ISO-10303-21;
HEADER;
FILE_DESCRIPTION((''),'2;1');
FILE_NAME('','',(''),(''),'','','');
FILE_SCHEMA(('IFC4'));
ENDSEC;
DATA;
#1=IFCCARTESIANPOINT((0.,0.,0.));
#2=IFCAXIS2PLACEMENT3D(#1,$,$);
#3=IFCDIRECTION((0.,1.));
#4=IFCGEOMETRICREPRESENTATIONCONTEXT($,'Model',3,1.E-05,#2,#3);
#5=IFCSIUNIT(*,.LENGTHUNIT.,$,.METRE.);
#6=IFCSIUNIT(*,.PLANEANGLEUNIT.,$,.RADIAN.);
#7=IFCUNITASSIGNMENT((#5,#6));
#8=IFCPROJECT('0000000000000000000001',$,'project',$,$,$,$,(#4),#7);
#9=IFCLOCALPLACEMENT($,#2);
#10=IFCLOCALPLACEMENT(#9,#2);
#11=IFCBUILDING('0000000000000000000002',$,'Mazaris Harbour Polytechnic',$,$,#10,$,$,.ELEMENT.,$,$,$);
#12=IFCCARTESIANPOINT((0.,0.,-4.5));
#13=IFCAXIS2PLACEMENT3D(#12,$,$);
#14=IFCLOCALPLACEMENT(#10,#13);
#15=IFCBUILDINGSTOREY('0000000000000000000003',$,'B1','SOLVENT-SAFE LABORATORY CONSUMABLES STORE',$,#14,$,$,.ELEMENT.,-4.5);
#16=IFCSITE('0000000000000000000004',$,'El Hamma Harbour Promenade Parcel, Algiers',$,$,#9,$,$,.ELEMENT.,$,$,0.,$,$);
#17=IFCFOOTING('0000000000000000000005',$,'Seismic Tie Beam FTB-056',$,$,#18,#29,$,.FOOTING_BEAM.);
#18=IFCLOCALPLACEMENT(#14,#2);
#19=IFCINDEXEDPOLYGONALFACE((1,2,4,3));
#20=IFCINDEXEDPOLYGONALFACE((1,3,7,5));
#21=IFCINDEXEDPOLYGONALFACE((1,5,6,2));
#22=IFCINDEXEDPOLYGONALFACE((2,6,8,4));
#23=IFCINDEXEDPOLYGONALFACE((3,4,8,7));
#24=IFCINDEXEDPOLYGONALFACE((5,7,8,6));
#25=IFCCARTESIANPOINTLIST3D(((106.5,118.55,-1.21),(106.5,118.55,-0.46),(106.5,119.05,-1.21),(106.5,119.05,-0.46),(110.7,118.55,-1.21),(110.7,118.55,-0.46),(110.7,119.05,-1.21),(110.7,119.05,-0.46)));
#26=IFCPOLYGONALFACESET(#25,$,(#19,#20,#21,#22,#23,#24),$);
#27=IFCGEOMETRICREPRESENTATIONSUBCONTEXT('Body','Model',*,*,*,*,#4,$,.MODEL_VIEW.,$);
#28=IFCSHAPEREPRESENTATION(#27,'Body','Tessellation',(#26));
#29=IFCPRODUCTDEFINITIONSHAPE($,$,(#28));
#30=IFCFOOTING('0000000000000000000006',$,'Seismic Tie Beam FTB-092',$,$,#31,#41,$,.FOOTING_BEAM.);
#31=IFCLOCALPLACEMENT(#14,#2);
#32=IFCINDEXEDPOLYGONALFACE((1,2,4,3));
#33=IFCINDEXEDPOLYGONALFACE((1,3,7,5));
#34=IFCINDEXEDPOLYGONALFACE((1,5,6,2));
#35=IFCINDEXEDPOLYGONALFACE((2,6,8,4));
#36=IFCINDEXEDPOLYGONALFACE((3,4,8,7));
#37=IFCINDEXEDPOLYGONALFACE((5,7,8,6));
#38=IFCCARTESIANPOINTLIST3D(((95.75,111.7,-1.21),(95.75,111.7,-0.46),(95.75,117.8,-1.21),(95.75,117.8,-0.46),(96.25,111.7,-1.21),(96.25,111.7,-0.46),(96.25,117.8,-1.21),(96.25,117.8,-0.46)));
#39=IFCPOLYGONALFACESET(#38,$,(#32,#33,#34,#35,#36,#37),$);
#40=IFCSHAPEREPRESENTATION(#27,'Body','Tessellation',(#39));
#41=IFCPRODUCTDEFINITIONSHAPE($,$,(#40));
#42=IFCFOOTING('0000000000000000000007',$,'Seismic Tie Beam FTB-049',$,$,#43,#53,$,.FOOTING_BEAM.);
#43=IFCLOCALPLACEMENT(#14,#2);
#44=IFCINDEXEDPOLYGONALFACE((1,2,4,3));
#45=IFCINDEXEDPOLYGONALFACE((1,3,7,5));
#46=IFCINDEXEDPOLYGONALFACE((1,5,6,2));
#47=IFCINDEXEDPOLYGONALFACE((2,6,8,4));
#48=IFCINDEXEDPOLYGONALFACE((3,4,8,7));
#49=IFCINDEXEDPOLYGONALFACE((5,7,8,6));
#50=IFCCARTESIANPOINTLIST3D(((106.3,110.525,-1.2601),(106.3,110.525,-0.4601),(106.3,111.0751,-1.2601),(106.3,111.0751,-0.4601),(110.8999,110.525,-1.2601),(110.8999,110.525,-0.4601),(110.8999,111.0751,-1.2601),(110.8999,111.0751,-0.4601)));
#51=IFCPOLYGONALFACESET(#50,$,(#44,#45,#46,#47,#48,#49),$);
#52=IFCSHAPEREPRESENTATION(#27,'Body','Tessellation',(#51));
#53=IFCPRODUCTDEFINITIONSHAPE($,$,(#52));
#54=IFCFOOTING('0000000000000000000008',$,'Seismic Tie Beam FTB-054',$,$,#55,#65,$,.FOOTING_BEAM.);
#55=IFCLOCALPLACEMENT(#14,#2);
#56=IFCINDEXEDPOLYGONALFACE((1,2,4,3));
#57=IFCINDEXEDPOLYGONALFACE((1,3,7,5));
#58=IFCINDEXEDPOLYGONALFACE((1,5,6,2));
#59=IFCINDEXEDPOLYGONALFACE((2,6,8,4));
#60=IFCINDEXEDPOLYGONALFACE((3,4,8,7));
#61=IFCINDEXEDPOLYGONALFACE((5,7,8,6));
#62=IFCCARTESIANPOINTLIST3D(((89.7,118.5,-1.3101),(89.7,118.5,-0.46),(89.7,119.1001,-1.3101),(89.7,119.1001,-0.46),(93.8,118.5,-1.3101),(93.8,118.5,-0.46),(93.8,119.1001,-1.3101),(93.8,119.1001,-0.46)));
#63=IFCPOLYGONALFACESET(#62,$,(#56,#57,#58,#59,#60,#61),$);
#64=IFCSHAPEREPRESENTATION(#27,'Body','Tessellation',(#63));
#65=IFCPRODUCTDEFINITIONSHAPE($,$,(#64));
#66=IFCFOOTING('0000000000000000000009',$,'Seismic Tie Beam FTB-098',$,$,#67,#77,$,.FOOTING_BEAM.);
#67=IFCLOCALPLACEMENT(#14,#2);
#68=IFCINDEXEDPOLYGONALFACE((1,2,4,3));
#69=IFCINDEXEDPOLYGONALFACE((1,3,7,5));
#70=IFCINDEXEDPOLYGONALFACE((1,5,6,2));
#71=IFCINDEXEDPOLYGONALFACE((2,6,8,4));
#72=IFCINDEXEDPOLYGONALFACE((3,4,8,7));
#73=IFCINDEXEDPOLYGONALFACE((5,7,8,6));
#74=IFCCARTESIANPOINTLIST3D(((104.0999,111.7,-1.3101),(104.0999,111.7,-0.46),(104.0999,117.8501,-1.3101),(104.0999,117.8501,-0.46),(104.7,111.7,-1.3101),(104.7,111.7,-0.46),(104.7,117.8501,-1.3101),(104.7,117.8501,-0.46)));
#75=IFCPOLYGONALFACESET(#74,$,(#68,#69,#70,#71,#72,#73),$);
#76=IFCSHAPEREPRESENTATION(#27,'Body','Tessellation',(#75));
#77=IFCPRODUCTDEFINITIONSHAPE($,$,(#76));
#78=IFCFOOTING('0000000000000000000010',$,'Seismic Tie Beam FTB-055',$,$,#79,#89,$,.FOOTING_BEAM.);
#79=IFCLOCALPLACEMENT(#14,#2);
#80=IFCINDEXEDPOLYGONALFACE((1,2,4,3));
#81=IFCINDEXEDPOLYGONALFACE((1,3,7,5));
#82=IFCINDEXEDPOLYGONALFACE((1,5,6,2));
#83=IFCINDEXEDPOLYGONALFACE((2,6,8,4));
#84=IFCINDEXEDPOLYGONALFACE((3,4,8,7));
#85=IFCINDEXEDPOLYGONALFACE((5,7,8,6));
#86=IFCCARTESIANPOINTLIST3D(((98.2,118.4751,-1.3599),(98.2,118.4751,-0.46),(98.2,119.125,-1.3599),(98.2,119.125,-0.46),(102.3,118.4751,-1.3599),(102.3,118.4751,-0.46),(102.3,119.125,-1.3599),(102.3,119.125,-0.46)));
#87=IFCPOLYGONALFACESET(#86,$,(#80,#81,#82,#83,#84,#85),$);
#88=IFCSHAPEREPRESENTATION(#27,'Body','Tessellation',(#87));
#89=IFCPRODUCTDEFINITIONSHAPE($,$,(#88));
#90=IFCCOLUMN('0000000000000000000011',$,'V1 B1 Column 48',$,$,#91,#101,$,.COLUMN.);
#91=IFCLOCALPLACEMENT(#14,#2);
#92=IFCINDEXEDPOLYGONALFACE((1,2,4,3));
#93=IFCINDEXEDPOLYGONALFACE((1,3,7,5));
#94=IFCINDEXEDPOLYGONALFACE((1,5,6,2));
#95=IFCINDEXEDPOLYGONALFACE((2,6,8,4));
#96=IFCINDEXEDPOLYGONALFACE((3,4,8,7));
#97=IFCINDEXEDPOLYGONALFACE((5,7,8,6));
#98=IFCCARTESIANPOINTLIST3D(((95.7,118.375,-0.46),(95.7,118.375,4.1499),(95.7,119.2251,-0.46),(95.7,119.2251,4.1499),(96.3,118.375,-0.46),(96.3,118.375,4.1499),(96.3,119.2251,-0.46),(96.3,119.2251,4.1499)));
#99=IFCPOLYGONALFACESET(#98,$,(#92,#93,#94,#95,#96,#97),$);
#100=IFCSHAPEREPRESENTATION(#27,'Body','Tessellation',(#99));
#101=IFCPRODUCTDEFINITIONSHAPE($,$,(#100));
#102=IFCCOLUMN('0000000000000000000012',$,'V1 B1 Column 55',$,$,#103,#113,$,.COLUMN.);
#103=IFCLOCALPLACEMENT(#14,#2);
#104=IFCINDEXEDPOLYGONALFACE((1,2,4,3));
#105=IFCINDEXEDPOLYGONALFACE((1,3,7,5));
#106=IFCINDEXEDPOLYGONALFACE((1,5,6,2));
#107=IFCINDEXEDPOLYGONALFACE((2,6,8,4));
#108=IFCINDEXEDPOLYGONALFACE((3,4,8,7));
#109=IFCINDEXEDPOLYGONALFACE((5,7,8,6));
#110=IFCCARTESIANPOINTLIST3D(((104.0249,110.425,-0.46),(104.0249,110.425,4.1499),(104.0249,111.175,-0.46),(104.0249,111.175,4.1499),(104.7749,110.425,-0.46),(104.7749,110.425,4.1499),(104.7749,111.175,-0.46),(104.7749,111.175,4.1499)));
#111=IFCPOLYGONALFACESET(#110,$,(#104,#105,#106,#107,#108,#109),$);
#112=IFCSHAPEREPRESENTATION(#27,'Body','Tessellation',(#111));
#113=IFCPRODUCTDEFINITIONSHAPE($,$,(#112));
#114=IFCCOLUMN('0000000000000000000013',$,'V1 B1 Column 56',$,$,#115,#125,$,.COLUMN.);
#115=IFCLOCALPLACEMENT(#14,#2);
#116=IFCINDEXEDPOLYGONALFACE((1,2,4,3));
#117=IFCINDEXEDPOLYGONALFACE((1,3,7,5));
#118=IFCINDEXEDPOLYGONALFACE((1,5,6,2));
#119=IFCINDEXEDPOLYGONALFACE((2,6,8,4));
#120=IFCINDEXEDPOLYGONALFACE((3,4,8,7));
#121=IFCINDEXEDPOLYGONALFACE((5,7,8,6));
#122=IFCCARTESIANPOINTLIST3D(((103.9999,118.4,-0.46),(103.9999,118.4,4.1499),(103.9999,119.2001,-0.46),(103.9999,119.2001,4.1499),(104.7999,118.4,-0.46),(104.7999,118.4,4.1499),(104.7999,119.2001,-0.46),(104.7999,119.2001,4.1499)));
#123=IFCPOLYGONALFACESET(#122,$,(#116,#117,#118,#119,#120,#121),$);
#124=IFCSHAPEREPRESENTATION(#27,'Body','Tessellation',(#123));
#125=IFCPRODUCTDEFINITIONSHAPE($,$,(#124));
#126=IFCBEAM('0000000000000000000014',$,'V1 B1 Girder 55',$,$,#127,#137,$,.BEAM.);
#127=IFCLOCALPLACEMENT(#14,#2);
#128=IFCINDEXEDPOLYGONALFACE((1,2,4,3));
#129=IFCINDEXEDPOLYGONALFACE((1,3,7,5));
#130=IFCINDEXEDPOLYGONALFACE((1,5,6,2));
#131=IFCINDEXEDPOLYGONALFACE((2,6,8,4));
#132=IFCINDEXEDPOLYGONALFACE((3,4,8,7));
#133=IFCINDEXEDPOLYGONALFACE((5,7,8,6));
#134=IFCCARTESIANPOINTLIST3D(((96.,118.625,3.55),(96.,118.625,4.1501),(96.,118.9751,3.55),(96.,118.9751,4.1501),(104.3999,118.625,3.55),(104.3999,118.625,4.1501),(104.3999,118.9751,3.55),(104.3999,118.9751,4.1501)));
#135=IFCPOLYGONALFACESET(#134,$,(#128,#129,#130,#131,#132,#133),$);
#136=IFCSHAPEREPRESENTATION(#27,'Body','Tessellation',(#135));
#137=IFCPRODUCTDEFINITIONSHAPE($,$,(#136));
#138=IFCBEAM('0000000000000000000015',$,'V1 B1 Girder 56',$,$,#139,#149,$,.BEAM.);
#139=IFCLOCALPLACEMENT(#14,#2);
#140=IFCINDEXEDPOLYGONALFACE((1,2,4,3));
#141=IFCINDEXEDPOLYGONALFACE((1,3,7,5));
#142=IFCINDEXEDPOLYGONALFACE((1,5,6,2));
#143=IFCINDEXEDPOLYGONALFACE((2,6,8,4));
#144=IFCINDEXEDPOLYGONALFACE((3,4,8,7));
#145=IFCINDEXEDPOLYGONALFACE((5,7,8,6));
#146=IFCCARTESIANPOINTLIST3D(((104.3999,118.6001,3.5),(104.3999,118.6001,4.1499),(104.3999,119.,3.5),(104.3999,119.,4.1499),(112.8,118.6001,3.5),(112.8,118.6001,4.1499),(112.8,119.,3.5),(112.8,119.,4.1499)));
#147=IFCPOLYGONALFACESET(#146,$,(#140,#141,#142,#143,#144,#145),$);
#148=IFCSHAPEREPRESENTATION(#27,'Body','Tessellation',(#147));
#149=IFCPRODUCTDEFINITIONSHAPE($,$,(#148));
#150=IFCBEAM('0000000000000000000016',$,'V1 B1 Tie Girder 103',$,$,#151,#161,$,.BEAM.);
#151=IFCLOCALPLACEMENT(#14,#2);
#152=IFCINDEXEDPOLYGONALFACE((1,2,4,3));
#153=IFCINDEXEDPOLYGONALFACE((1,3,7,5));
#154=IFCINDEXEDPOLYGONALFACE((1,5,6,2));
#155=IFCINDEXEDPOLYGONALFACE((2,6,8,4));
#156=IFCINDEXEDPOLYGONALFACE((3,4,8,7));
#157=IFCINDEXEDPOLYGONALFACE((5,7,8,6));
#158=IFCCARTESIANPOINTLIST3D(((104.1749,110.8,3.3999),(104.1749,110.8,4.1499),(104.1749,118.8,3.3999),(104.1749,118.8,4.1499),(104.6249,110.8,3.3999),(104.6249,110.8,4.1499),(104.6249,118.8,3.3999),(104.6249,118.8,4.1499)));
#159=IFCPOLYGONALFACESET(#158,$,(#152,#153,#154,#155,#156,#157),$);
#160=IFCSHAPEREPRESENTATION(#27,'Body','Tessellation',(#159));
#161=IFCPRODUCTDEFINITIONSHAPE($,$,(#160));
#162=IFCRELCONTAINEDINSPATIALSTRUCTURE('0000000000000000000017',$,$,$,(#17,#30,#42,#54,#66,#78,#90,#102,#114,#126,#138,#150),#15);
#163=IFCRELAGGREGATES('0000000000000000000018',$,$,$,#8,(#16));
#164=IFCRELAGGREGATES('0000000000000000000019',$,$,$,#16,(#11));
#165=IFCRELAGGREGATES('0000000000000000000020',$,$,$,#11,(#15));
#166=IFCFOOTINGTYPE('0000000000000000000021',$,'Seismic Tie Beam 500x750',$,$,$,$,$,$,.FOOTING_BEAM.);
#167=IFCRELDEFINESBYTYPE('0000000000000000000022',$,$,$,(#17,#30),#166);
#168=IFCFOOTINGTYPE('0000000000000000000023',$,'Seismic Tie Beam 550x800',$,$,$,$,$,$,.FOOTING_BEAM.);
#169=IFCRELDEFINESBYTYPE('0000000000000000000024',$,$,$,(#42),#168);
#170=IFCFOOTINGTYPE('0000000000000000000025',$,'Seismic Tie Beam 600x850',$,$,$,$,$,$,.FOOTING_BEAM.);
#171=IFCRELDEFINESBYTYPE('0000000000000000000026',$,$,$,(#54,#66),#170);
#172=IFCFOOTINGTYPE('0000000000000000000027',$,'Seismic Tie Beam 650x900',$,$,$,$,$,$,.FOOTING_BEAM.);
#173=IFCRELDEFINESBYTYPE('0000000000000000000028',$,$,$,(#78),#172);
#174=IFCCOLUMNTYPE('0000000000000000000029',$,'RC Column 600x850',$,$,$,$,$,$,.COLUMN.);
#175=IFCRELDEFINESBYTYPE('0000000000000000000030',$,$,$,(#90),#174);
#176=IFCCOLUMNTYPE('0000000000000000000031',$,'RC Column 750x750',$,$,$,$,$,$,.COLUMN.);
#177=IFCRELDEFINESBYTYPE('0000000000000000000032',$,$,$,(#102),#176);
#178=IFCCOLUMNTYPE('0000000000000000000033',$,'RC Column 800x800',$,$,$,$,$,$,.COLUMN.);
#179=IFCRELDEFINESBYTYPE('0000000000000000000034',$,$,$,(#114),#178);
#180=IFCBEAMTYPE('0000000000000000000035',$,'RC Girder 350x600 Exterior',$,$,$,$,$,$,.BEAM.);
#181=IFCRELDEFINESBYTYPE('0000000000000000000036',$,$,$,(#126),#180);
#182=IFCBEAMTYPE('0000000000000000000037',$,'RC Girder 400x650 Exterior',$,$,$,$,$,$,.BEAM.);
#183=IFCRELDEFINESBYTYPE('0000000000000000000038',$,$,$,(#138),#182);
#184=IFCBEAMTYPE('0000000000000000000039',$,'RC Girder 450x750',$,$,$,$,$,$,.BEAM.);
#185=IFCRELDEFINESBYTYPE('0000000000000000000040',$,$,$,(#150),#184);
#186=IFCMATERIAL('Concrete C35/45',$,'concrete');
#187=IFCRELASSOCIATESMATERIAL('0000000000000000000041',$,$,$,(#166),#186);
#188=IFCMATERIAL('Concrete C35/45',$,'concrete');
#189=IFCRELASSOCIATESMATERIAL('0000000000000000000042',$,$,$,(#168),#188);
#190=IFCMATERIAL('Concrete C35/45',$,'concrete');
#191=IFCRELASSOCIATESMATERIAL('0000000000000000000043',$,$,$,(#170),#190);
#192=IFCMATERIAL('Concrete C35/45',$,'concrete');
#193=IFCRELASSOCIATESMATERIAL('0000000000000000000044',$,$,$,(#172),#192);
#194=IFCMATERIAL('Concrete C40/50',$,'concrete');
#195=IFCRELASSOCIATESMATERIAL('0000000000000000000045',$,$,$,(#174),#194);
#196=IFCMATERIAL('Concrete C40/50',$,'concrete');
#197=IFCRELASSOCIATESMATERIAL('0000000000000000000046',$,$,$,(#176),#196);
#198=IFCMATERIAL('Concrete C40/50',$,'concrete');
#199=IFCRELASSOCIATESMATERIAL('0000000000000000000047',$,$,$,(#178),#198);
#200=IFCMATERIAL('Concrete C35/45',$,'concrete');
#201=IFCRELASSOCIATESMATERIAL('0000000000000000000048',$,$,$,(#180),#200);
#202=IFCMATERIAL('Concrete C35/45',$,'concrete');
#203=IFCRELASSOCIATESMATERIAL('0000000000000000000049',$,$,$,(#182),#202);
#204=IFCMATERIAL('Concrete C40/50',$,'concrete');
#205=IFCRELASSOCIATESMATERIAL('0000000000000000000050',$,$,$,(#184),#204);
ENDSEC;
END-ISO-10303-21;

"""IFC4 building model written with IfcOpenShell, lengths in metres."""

from ifc_helpers import new_model, si_unit, direction, frame, origin, origin_2d, place, context, subcontext, project, spatial, rectangle, extrude, material, material_profile, profile_set, type_object, element, save


model = new_model("IFC4")

# Units and contexts
model_context = context("Model", 3, precision=1e-05, world=origin(), true_north=direction((0.0, 1.0)))
body_context = subcontext(model_context, "Body", "Model", "MODEL_VIEW")
ifc_project = project(units=[si_unit("LENGTHUNIT", "METRE"), si_unit("PLANEANGLEUNIT", "RADIAN")], contexts=[model_context])

# Site, building, storey
site_placement = place(None, origin())
site = spatial("IfcSite", under=ifc_project, at=site_placement, Name="El Hamma Harbour Promenade Parcel, Algiers", CompositionType="ELEMENT", RefElevation=0.0)
building_placement = place(site_placement, origin())
building = spatial("IfcBuilding", under=site, at=building_placement, Name="Mazaris Harbour Polytechnic", CompositionType="ELEMENT")
storey_placement = place(building_placement, frame((0.0, 0.0, -4.5)))
storey = spatial("IfcBuildingStorey", under=building, at=storey_placement, Name="B1", Description="SOLVENT-SAFE LABORATORY CONSUMABLES STORE", CompositionType="ELEMENT", Elevation=-4.5)

# Footings
ifc_material_1 = material(Name="Concrete C35/45", Category="concrete")
ifc_material_profile_1 = material_profile(ifc_material_1, rectangle(XDim=0.5, YDim=0.75, at=origin_2d()), Name="RECT500x750")
ifc_profile_set_1 = profile_set([ifc_material_profile_1], Name="Concrete C35/45")
footing_type_1 = type_object("IfcFootingType", Name="Seismic Tie Beam 500x750", PredefinedType="FOOTING_BEAM", material=ifc_profile_set_1)
footing_1_placement = place(storey_placement, frame((106.5, 118.8, -0.835), z_axis=(1.0, 0.0, 0.0), x_axis=(0.0, 1.0, 0.0)))
element("IfcFooting", 1, at=footing_1_placement, inside=storey, type_object=footing_type_1, Name="Seismic Tie Beam FTB-056", PredefinedType="FOOTING_BEAM", context=body_context, shape_type="SweptSolid", body=[
    extrude(rectangle(XDim=0.5, YDim=0.75, at=origin_2d()), origin(), (0.0, 0.0, 1.0), 4.2),
])
footing_2_placement = place(storey_placement, frame((96.0, 111.7, -0.835), z_axis=(0.0, 1.0, 0.0), x_axis=(-1.0, 0.0, 0.0)))
element("IfcFooting", 2, at=footing_2_placement, inside=storey, type_object=footing_type_1, Name="Seismic Tie Beam FTB-092", PredefinedType="FOOTING_BEAM", context=body_context, shape_type="SweptSolid", body=[
    extrude(rectangle(XDim=0.5, YDim=0.75, at=origin_2d()), origin(), (0.0, 0.0, 1.0), 6.1001),
])
ifc_material_2 = material(Name="Concrete C35/45", Category="concrete")
ifc_material_profile_2 = material_profile(ifc_material_2, rectangle(XDim=0.55, YDim=0.8, at=origin_2d()), Name="RECT550x800")
ifc_profile_set_2 = profile_set([ifc_material_profile_2], Name="Concrete C35/45")
footing_type_2 = type_object("IfcFootingType", Name="Seismic Tie Beam 550x800", PredefinedType="FOOTING_BEAM", material=ifc_profile_set_2)
footing_3_placement = place(storey_placement, frame((106.3, 110.8, -0.8601), z_axis=(1.0, 0.0, 0.0), x_axis=(0.0, 1.0, 0.0)))
element("IfcFooting", 3, at=footing_3_placement, inside=storey, type_object=footing_type_2, Name="Seismic Tie Beam FTB-049", PredefinedType="FOOTING_BEAM", context=body_context, shape_type="SweptSolid", body=[
    extrude(rectangle(XDim=0.55, YDim=0.8, at=origin_2d()), origin(), (0.0, 0.0, 1.0), 4.5999),
])
ifc_material_3 = material(Name="Concrete C35/45", Category="concrete")
ifc_material_profile_3 = material_profile(ifc_material_3, rectangle(XDim=0.6001, YDim=0.8501, at=origin_2d()), Name="RECT600x850")
ifc_profile_set_3 = profile_set([ifc_material_profile_3], Name="Concrete C35/45")
footing_type_3 = type_object("IfcFootingType", Name="Seismic Tie Beam 600x850", PredefinedType="FOOTING_BEAM", material=ifc_profile_set_3)
footing_4_placement = place(storey_placement, frame((89.7, 118.8, -0.885), z_axis=(1.0, 0.0, 0.0), x_axis=(0.0, 1.0, 0.0)))
element("IfcFooting", 4, at=footing_4_placement, inside=storey, type_object=footing_type_3, Name="Seismic Tie Beam FTB-054", PredefinedType="FOOTING_BEAM", context=body_context, shape_type="SweptSolid", body=[
    extrude(rectangle(XDim=0.6001, YDim=0.8501, at=origin_2d()), origin(), (0.0, 0.0, 1.0), 4.1001),
])
footing_5_placement = place(storey_placement, frame((104.3999, 111.7, -0.885), z_axis=(0.0, 1.0, 0.0), x_axis=(-1.0, 0.0, 0.0)))
element("IfcFooting", 5, at=footing_5_placement, inside=storey, type_object=footing_type_3, Name="Seismic Tie Beam FTB-098", PredefinedType="FOOTING_BEAM", context=body_context, shape_type="SweptSolid", body=[
    extrude(rectangle(XDim=0.6001, YDim=0.8501, at=origin_2d()), origin(), (0.0, 0.0, 1.0), 6.1501),
])
ifc_material_4 = material(Name="Concrete C35/45", Category="concrete")
ifc_material_profile_4 = material_profile(ifc_material_4, rectangle(XDim=0.6499, YDim=0.8999, at=origin_2d()), Name="RECT650x900")
ifc_profile_set_4 = profile_set([ifc_material_profile_4], Name="Concrete C35/45")
footing_type_4 = type_object("IfcFootingType", Name="Seismic Tie Beam 650x900", PredefinedType="FOOTING_BEAM", material=ifc_profile_set_4)
footing_6_placement = place(storey_placement, frame((98.2, 118.8, -0.9099), z_axis=(1.0, 0.0, 0.0), x_axis=(0.0, 1.0, 0.0)))
element("IfcFooting", 6, at=footing_6_placement, inside=storey, type_object=footing_type_4, Name="Seismic Tie Beam FTB-055", PredefinedType="FOOTING_BEAM", context=body_context, shape_type="SweptSolid", body=[
    extrude(rectangle(XDim=0.6499, YDim=0.8999, at=origin_2d()), origin(), (0.0, 0.0, 1.0), 4.1001),
])

# Columns
ifc_material_5 = material(Name="Concrete C40/50", Category="concrete")
ifc_material_profile_5 = material_profile(ifc_material_5, rectangle(XDim=0.6001, YDim=0.8501, at=origin_2d()), Name="RECT600x850")
ifc_profile_set_5 = profile_set([ifc_material_profile_5], Name="Concrete C40/50")
column_type_1 = type_object("IfcColumnType", Name="RC Column 600x850", PredefinedType="COLUMN", material=ifc_profile_set_5)
column_1_placement = place(storey_placement, frame((96.0, 118.8, -0.46), z_axis=(0.0, 0.0, 1.0), x_axis=(1.0, 0.0, 0.0)))
element("IfcColumn", 7, at=column_1_placement, inside=storey, type_object=column_type_1, Name="V1 B1 Column 48", PredefinedType="COLUMN", context=body_context, shape_type="SweptSolid", body=[
    extrude(rectangle(XDim=0.6001, YDim=0.8501, at=origin_2d()), origin(), (0.0, 0.0, 1.0), 4.6099),
])
ifc_material_6 = material(Name="Concrete C40/50", Category="concrete")
ifc_material_profile_6 = material_profile(ifc_material_6, rectangle(XDim=0.75, YDim=0.75, at=origin_2d()), Name="RECT750x750")
ifc_profile_set_6 = profile_set([ifc_material_profile_6], Name="Concrete C40/50")
column_type_2 = type_object("IfcColumnType", Name="RC Column 750x750", PredefinedType="COLUMN", material=ifc_profile_set_6)
column_2_placement = place(storey_placement, frame((104.3999, 110.8, -0.46), z_axis=(0.0, 0.0, 1.0), x_axis=(1.0, 0.0, 0.0)))
element("IfcColumn", 8, at=column_2_placement, inside=storey, type_object=column_type_2, Name="V1 B1 Column 55", PredefinedType="COLUMN", context=body_context, shape_type="SweptSolid", body=[
    extrude(rectangle(XDim=0.75, YDim=0.75, at=origin_2d()), origin(), (0.0, 0.0, 1.0), 4.6099),
])
ifc_material_7 = material(Name="Concrete C40/50", Category="concrete")
ifc_material_profile_7 = material_profile(ifc_material_7, rectangle(XDim=0.8, YDim=0.8, at=origin_2d()), Name="RECT800x800")
ifc_profile_set_7 = profile_set([ifc_material_profile_7], Name="Concrete C40/50")
column_type_3 = type_object("IfcColumnType", Name="RC Column 800x800", PredefinedType="COLUMN", material=ifc_profile_set_7)
column_3_placement = place(storey_placement, frame((104.3999, 118.8, -0.46), z_axis=(0.0, 0.0, 1.0), x_axis=(1.0, 0.0, 0.0)))
element("IfcColumn", 9, at=column_3_placement, inside=storey, type_object=column_type_3, Name="V1 B1 Column 56", PredefinedType="COLUMN", context=body_context, shape_type="SweptSolid", body=[
    extrude(rectangle(XDim=0.8, YDim=0.8, at=origin_2d()), origin(), (0.0, 0.0, 1.0), 4.6099),
])

# Beams
ifc_material_8 = material(Name="Concrete C35/45", Category="concrete")
ifc_material_profile_8 = material_profile(ifc_material_8, rectangle(XDim=0.3501, YDim=0.6001, at=origin_2d()), Name="RECT350x600")
ifc_profile_set_8 = profile_set([ifc_material_profile_8], Name="Concrete C35/45")
beam_type_1 = type_object("IfcBeamType", Name="RC Girder 350x600 Exterior", PredefinedType="BEAM", material=ifc_profile_set_8)
beam_1_placement = place(storey_placement, frame((96.0, 118.8, 3.8501), z_axis=(1.0, 0.0, 0.0), x_axis=(0.0, 1.0, 0.0)))
element("IfcBeam", 10, at=beam_1_placement, inside=storey, type_object=beam_type_1, Name="V1 B1 Girder 55", PredefinedType="BEAM", context=body_context, shape_type="SweptSolid", body=[
    extrude(rectangle(XDim=0.3501, YDim=0.6001, at=origin_2d()), origin(), (0.0, 0.0, 1.0), 8.3999),
])
ifc_material_9 = material(Name="Concrete C35/45", Category="concrete")
ifc_material_profile_9 = material_profile(ifc_material_9, rectangle(XDim=0.3999, YDim=0.6499, at=origin_2d()), Name="RECT400x650")
ifc_profile_set_9 = profile_set([ifc_material_profile_9], Name="Concrete C35/45")
beam_type_2 = type_object("IfcBeamType", Name="RC Girder 400x650 Exterior", PredefinedType="BEAM", material=ifc_profile_set_9)
beam_2_placement = place(storey_placement, frame((104.3999, 118.8, 3.825), z_axis=(1.0, 0.0, 0.0), x_axis=(0.0, 1.0, 0.0)))
element("IfcBeam", 11, at=beam_2_placement, inside=storey, type_object=beam_type_2, Name="V1 B1 Girder 56", PredefinedType="BEAM", context=body_context, shape_type="SweptSolid", body=[
    extrude(rectangle(XDim=0.3999, YDim=0.6499, at=origin_2d()), origin(), (0.0, 0.0, 1.0), 8.4001),
])
ifc_material_10 = material(Name="Concrete C40/50", Category="concrete")
ifc_material_profile_10 = material_profile(ifc_material_10, rectangle(XDim=0.45, YDim=0.75, at=origin_2d()), Name="RECT450x750")
ifc_profile_set_10 = profile_set([ifc_material_profile_10], Name="Concrete C40/50")
beam_type_3 = type_object("IfcBeamType", Name="RC Girder 450x750", PredefinedType="BEAM", material=ifc_profile_set_10)
beam_3_placement = place(storey_placement, frame((104.3999, 110.8, 3.7749), z_axis=(0.0, 1.0, 0.0), x_axis=(-1.0, 0.0, 0.0)))
element("IfcBeam", 12, at=beam_3_placement, inside=storey, type_object=beam_type_3, Name="V1 B1 Tie Girder 103", PredefinedType="BEAM", context=body_context, shape_type="SweptSolid", body=[
    extrude(rectangle(XDim=0.45, YDim=0.75, at=origin_2d()), origin(), (0.0, 0.0, 1.0), 8.0),
])

save(model, "model.ifc")
